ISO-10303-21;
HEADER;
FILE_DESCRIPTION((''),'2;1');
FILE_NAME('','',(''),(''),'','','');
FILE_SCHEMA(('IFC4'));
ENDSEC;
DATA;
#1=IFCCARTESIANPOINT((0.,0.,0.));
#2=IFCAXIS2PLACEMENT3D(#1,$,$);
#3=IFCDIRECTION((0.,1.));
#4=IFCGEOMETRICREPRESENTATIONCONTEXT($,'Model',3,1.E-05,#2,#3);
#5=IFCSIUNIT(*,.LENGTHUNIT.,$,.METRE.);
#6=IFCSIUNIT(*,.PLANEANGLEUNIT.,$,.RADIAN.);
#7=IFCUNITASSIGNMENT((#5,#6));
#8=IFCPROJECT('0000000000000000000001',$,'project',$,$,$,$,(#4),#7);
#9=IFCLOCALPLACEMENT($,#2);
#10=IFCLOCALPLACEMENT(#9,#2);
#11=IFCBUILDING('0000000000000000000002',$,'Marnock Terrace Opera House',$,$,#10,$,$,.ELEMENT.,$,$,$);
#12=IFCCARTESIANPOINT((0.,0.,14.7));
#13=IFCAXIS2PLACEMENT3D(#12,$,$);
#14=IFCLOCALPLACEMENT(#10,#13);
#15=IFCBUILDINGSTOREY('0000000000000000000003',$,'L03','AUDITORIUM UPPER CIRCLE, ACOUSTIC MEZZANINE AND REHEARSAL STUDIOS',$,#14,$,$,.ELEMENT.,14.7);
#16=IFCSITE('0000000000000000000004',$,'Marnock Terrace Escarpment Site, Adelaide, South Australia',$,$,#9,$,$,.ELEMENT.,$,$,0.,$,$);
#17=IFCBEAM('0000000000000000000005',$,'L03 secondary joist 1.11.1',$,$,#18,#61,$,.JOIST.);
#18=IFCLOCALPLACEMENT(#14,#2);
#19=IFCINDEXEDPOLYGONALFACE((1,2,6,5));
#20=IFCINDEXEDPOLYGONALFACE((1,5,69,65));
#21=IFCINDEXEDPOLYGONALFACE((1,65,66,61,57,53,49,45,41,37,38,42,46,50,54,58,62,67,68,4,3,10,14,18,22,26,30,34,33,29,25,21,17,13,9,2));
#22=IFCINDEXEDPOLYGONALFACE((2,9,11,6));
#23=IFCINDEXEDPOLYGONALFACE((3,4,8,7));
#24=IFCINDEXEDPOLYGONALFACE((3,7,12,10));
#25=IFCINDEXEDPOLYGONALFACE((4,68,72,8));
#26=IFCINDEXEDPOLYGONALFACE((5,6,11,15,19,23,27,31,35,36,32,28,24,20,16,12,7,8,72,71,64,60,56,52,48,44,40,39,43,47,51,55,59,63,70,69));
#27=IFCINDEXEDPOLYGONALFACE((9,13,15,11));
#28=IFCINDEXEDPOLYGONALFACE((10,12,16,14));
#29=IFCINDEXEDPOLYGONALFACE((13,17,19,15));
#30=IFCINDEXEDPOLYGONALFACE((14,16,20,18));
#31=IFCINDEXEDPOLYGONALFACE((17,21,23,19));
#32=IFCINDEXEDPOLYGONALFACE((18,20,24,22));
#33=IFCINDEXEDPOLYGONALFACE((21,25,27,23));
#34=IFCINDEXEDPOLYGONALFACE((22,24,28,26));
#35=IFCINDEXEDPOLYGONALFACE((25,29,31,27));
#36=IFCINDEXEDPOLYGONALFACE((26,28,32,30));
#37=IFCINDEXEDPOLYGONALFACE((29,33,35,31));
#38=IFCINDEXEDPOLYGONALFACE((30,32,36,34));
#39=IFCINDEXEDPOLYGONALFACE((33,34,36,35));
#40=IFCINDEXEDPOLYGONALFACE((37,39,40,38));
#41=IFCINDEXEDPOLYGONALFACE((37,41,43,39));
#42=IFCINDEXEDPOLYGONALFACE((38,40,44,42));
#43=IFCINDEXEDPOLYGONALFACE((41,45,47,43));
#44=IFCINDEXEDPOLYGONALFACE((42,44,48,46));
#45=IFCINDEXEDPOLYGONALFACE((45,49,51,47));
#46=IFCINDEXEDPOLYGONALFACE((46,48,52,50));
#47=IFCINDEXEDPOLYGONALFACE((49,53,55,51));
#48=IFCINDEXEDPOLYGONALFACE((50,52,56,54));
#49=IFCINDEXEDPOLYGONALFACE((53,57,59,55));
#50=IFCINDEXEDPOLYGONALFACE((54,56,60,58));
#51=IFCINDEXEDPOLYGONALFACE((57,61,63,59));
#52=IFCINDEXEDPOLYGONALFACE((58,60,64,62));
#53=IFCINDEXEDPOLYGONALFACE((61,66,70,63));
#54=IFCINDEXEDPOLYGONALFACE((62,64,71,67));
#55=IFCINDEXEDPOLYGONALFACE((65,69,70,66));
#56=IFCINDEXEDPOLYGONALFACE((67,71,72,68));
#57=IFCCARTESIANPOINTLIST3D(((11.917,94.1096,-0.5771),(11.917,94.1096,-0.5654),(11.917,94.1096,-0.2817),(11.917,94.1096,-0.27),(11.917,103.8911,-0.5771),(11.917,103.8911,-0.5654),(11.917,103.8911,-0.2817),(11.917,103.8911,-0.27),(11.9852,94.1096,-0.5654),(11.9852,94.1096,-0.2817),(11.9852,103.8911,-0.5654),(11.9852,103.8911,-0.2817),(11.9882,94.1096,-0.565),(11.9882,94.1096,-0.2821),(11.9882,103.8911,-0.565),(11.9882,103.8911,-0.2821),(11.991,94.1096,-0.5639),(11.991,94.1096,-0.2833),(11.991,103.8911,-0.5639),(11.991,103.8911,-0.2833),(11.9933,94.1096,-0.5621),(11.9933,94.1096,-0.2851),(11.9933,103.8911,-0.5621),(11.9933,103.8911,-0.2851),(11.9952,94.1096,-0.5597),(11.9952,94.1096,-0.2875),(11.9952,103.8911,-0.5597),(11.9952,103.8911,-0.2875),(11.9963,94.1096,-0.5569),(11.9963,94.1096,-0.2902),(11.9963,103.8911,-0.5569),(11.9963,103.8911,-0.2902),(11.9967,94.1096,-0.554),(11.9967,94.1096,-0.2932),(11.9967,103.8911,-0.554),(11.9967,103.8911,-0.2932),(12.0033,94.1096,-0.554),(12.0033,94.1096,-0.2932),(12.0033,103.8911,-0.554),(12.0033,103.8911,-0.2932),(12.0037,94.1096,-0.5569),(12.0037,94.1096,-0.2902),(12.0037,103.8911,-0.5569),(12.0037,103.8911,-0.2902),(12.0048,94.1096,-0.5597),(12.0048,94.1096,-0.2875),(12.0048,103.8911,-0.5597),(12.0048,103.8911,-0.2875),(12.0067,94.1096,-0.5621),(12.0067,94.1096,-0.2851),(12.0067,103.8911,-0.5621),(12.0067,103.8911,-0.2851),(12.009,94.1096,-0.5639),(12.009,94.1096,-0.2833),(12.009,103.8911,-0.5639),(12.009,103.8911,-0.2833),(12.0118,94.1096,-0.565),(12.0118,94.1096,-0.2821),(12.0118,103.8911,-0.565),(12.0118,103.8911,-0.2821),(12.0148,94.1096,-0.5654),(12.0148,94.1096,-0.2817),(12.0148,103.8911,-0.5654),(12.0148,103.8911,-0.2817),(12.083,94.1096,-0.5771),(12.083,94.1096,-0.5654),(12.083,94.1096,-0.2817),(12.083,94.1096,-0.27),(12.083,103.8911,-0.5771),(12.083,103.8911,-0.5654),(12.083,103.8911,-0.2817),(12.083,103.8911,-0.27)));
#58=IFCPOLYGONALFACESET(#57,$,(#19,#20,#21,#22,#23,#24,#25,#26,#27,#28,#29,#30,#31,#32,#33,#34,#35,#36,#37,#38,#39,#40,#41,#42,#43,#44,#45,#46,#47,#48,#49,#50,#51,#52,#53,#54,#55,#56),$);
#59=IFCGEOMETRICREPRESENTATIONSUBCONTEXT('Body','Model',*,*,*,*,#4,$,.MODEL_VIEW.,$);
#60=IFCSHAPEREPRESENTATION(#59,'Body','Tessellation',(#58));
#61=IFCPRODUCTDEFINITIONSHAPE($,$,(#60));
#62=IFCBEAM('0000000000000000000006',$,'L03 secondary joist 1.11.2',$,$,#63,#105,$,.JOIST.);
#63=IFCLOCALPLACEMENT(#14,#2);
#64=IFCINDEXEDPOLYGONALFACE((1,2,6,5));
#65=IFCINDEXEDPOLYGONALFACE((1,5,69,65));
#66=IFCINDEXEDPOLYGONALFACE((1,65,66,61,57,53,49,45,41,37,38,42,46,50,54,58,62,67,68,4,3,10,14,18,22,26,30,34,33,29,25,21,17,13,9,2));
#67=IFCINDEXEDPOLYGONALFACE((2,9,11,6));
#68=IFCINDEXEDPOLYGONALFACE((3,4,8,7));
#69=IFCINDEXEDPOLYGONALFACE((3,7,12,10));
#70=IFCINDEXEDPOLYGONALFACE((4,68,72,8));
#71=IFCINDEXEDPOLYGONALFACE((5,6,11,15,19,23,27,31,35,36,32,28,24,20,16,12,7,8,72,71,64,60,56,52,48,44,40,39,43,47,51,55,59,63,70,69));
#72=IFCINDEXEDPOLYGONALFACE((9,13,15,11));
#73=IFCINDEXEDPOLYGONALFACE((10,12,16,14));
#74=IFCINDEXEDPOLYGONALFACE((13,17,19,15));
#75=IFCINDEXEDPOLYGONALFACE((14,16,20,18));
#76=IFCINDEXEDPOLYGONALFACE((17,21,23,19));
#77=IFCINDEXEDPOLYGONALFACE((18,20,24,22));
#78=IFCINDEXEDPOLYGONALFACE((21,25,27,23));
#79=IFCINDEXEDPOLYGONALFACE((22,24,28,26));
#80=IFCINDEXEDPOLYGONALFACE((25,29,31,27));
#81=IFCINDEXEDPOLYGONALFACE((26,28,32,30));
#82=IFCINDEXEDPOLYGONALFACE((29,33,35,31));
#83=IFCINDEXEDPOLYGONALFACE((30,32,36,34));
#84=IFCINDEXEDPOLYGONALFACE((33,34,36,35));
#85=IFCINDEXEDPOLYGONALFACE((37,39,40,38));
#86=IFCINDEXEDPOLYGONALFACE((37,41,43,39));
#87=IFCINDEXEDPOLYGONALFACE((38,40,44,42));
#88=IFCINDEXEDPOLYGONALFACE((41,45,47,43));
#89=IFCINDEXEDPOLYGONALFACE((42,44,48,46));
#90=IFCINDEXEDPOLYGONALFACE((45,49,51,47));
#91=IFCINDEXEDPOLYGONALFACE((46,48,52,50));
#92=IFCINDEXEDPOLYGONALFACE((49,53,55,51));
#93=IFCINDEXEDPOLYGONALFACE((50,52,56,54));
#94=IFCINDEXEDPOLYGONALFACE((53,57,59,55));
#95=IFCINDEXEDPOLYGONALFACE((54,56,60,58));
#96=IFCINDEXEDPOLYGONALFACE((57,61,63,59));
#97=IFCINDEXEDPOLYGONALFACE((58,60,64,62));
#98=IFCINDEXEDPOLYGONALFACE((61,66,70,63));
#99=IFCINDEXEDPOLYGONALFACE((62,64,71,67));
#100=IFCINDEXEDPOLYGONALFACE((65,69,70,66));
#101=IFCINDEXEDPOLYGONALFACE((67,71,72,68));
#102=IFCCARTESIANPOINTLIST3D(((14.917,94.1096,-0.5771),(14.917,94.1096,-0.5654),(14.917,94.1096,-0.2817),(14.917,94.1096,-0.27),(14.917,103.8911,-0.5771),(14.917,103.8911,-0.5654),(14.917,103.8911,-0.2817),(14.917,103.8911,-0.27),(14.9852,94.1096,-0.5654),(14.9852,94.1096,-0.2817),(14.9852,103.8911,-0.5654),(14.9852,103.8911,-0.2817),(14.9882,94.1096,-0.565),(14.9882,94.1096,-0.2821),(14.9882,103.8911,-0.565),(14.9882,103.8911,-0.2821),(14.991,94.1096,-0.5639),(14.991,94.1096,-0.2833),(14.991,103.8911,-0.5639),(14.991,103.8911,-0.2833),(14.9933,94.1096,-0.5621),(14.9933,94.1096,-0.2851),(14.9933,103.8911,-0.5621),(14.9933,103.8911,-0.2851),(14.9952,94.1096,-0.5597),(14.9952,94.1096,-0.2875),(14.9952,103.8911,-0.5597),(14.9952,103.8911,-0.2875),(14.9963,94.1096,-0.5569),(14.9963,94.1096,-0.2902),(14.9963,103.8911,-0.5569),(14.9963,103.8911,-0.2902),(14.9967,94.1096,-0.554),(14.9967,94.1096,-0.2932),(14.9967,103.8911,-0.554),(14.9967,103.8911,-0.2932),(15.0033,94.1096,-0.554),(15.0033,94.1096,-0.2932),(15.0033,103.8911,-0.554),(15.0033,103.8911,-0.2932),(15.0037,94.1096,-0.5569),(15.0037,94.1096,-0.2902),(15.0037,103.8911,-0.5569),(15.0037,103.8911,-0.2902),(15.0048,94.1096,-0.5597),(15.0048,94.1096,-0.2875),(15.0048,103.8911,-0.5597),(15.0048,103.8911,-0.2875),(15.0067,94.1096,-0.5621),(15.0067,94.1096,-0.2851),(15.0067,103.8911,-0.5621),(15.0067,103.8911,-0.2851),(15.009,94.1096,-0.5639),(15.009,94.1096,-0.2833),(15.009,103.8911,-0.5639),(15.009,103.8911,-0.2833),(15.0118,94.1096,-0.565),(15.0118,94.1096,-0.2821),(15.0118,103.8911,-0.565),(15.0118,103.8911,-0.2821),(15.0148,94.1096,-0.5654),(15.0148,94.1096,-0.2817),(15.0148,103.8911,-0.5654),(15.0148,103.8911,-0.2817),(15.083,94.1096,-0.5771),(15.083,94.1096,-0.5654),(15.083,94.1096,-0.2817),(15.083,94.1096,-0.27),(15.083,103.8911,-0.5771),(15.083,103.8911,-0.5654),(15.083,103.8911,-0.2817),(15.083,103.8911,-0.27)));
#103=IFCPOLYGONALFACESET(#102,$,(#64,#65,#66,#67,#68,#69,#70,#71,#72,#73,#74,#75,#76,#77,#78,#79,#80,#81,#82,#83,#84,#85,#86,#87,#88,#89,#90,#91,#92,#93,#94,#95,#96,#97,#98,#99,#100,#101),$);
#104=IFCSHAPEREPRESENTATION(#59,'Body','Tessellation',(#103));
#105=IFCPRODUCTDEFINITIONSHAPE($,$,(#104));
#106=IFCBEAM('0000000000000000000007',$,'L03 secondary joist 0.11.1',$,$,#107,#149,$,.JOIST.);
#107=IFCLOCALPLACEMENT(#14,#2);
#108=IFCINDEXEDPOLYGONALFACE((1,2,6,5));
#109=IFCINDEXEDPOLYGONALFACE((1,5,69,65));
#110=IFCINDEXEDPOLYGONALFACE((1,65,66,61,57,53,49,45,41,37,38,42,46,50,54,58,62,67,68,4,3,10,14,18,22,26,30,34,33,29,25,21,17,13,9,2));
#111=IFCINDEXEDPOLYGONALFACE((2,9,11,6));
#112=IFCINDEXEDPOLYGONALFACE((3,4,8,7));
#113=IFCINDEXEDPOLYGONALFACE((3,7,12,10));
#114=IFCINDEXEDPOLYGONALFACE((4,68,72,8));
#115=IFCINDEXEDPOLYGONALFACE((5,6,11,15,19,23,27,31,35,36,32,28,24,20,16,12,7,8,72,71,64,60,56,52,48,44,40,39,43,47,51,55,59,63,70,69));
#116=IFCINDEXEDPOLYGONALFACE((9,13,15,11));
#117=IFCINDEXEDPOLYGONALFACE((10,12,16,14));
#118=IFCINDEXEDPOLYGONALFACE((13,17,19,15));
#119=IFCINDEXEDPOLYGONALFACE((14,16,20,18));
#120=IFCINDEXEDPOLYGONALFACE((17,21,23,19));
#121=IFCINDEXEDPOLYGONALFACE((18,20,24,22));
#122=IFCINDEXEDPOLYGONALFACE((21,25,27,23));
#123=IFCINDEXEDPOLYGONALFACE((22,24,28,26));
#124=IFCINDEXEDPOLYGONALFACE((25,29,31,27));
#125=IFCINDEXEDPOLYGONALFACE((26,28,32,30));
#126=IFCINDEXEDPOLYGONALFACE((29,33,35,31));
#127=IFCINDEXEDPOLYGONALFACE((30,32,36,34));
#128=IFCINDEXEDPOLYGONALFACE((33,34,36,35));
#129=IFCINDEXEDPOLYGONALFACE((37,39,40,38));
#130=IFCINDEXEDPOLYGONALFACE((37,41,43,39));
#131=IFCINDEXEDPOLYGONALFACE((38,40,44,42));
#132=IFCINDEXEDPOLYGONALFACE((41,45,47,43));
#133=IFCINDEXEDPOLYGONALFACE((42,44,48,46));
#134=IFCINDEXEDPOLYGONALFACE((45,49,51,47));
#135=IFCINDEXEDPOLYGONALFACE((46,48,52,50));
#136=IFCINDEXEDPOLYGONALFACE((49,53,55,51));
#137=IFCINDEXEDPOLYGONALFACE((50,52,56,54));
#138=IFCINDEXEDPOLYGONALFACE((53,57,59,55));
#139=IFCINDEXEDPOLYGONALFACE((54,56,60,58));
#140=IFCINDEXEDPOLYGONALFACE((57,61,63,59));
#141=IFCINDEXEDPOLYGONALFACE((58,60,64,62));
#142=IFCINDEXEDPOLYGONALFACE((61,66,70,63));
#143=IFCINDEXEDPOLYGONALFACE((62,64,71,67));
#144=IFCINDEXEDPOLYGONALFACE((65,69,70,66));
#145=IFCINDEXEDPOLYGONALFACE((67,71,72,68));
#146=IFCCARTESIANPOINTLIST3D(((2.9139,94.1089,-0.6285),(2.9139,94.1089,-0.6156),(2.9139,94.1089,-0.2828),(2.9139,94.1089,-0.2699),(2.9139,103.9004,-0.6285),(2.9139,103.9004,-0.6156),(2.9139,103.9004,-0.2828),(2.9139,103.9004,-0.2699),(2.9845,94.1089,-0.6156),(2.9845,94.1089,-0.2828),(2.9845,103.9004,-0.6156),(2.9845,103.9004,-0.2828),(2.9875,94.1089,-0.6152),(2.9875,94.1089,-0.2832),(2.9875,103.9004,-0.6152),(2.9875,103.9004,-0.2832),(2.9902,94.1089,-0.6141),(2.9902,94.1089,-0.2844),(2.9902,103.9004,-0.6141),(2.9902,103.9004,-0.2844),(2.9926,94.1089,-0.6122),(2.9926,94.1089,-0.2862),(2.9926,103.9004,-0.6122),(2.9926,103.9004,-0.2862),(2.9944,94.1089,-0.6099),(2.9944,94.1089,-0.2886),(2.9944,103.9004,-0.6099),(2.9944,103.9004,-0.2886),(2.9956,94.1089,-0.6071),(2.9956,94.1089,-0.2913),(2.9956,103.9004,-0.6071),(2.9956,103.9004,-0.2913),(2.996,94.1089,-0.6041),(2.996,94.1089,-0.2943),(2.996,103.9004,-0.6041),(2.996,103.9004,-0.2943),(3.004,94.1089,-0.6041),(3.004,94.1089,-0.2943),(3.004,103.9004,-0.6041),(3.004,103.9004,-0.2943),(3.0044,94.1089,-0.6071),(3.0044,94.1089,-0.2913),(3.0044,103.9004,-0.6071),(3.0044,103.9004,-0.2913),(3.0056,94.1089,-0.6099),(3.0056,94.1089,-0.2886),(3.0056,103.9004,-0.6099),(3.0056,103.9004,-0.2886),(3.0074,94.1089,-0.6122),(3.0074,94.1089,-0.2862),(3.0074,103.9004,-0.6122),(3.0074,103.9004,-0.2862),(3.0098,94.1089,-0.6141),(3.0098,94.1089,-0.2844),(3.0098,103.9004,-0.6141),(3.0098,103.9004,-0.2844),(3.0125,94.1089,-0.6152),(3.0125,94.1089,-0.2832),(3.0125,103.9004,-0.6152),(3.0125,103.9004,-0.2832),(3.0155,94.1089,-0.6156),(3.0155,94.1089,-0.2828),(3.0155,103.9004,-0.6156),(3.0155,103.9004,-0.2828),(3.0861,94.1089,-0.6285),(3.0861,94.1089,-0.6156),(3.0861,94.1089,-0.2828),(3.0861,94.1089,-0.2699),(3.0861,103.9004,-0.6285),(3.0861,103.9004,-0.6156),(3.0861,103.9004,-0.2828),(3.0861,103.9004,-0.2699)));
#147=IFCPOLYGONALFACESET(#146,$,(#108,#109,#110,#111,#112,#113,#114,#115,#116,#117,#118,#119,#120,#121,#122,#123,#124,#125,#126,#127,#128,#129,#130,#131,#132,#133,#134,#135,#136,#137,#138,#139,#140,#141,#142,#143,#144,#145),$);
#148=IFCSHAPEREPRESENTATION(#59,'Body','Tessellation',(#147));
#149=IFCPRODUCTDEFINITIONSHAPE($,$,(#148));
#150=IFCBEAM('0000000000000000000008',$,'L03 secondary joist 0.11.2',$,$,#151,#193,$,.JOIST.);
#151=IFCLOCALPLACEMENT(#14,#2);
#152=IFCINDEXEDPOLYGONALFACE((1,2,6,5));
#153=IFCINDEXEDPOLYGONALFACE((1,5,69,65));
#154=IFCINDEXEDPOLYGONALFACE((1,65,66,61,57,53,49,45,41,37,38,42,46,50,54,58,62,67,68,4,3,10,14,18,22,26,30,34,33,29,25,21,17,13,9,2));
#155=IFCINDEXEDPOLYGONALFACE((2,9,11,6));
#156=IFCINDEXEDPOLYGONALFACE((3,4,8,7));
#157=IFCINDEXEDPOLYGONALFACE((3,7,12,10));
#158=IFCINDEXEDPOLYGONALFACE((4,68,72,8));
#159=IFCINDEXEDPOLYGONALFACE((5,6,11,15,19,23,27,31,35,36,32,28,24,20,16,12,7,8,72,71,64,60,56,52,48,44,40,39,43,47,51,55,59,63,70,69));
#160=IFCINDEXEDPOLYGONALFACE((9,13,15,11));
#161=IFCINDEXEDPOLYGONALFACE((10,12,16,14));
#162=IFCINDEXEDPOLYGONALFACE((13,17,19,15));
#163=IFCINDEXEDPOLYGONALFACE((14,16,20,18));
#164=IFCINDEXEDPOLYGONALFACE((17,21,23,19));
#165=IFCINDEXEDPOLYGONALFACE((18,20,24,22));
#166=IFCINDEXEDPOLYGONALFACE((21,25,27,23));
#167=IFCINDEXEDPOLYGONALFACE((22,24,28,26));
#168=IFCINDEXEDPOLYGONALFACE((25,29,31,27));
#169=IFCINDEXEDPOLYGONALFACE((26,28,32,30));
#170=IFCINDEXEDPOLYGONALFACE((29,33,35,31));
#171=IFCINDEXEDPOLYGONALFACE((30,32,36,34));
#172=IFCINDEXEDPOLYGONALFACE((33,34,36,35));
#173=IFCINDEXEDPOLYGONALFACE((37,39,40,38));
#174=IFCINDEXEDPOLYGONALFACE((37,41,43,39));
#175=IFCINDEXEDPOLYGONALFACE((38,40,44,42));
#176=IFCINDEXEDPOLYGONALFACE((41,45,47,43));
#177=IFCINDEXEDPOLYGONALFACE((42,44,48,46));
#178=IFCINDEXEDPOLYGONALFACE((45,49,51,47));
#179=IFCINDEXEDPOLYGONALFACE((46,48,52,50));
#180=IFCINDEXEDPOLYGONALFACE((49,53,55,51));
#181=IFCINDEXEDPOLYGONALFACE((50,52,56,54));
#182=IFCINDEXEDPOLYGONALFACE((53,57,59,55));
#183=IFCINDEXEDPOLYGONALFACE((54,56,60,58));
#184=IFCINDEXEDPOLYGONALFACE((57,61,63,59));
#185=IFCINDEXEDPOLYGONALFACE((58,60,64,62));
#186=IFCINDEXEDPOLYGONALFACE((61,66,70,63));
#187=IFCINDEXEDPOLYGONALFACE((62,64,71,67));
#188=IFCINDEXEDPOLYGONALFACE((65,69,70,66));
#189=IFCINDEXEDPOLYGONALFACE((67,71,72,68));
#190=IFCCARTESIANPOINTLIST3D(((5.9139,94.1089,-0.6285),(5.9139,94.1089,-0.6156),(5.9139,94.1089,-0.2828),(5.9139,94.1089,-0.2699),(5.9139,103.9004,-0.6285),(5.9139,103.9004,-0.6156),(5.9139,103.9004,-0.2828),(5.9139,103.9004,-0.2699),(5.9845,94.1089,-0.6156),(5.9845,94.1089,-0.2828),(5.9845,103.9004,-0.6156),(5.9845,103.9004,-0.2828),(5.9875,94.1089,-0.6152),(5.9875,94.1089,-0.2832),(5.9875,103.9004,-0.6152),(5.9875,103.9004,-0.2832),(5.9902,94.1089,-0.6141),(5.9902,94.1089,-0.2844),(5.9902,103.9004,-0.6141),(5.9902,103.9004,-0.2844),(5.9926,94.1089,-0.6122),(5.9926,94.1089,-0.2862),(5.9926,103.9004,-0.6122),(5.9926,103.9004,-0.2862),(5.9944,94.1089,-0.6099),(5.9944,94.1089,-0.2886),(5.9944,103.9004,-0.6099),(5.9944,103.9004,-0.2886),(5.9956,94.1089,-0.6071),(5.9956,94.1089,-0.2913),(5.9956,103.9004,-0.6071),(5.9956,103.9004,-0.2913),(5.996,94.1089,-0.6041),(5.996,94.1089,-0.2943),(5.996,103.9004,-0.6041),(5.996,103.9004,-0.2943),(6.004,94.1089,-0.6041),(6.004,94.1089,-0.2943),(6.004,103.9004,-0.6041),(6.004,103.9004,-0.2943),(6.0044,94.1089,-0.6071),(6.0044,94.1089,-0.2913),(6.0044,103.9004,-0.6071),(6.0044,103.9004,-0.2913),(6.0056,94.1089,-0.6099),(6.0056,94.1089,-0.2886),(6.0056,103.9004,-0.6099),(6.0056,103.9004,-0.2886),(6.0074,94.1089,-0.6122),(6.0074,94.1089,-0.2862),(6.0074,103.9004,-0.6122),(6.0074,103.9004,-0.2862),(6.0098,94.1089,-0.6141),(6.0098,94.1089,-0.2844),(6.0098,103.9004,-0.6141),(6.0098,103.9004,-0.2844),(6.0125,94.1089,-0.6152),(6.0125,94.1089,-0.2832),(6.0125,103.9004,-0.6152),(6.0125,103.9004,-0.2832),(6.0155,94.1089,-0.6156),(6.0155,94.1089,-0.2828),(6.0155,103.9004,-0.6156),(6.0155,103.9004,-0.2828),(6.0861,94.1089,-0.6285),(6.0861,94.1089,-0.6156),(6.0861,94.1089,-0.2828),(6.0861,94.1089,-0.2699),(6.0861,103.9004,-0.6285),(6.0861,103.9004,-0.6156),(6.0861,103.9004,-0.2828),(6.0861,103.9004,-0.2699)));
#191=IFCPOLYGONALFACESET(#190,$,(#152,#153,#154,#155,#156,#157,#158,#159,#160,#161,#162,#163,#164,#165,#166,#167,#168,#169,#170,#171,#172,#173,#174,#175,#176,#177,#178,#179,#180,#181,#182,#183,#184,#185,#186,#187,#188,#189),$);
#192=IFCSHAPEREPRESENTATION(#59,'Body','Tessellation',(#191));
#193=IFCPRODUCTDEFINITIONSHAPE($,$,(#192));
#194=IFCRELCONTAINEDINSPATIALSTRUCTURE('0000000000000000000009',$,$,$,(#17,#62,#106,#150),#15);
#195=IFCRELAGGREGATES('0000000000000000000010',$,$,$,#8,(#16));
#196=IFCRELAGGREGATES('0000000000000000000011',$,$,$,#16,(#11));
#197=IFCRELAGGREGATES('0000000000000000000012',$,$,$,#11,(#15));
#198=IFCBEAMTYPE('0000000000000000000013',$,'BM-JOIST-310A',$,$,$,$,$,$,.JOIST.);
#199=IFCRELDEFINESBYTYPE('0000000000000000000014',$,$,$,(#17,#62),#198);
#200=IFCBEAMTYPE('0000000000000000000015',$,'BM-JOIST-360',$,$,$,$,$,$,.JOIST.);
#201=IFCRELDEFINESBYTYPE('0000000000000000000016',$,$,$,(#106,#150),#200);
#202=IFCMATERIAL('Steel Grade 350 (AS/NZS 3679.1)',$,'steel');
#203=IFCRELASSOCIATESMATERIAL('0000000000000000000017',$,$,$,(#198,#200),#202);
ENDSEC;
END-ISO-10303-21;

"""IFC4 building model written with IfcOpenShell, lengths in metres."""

from ifc_helpers import new_model, si_unit, direction, frame, origin, origin_2d, place, context, subcontext, project, spatial, i_section, extrude, material, material_profile, profile_set, type_object, element, save


model = new_model("IFC4")

# Units and contexts
model_context = context("Model", 3, precision=1e-05, world=origin(), true_north=direction((0.0, 1.0)))
body_context = subcontext(model_context, "Body", "Model", "MODEL_VIEW")
ifc_project = project(units=[si_unit("LENGTHUNIT", "METRE"), si_unit("PLANEANGLEUNIT", "RADIAN")], contexts=[model_context])

# Site, building, storey
site_placement = place(None, origin())
site = spatial("IfcSite", under=ifc_project, at=site_placement, Name="Marnock Terrace Escarpment Site, Adelaide, South Australia", CompositionType="ELEMENT", RefElevation=0.0)
building_placement = place(site_placement, origin())
building = spatial("IfcBuilding", under=site, at=building_placement, Name="Marnock Terrace Opera House", CompositionType="ELEMENT")
storey_placement = place(building_placement, frame((0.0, 0.0, 14.7)))
storey = spatial("IfcBuildingStorey", under=building, at=storey_placement, Name="L03", Description="AUDITORIUM UPPER CIRCLE, ACOUSTIC MEZZANINE AND REHEARSAL STUDIOS", CompositionType="ELEMENT", Elevation=14.7)

# Beams
ifc_material = material(Name="Steel Grade 350 (AS/NZS 3679.1)", Category="steel")
ifc_material_profile_1 = material_profile(ifc_material, i_section(OverallWidth=0.166, OverallDepth=0.3071, WebThickness=0.0066, FlangeThickness=0.0117, FilletRadius=0.0115, at=origin_2d()))
ifc_profile_set_1 = profile_set([ifc_material_profile_1], Name="Steel Grade 350 (AS/NZS 3679.1)")
beam_type_1 = type_object("IfcBeamType", Name="BM-JOIST-310A", PredefinedType="JOIST", material=ifc_profile_set_1)
for number, where, z_axis, x_axis, name in (
    (1, (12.0, 94.1096, -0.4236), (0.0, 1.0, 0.0), (-1.0, 0.0, 0.0), "L03 secondary joist 1.11.1"),
    (2, (15.0, 94.1096, -0.4236), (0.0, 1.0, 0.0), (-1.0, 0.0, 0.0), "L03 secondary joist 1.11.2"),
):
    element("IfcBeam", number, at=place(storey_placement, frame(where, z_axis=z_axis, x_axis=x_axis)), inside=storey, type_object=beam_type_1, Name=name, PredefinedType="JOIST", context=body_context, shape_type="SweptSolid", body=[
        extrude(i_section(OverallWidth=0.166, OverallDepth=0.3071, WebThickness=0.0066, FlangeThickness=0.0117, FilletRadius=0.0115, at=origin_2d()), origin(), (0.0, 0.0, 1.0), 9.7815),
    ])
ifc_material_profile_2 = material_profile(ifc_material, i_section(OverallWidth=0.1721, OverallDepth=0.3586, WebThickness=0.0081, FlangeThickness=0.0129, FilletRadius=0.0115, at=origin_2d()))
ifc_profile_set_2 = profile_set([ifc_material_profile_2], Name="Steel Grade 350 (AS/NZS 3679.1)")
beam_type_2 = type_object("IfcBeamType", Name="BM-JOIST-360", PredefinedType="JOIST", material=ifc_profile_set_2)
for number, where, z_axis, x_axis, name in (
    (3, (3.0, 94.1089, -0.4492), (0.0, 1.0, 0.0), (-1.0, 0.0, 0.0), "L03 secondary joist 0.11.1"),
    (4, (6.0, 94.1089, -0.4492), (0.0, 1.0, 0.0), (-1.0, 0.0, 0.0), "L03 secondary joist 0.11.2"),
):
    element("IfcBeam", number, at=place(storey_placement, frame(where, z_axis=z_axis, x_axis=x_axis)), inside=storey, type_object=beam_type_2, Name=name, PredefinedType="JOIST", context=body_context, shape_type="SweptSolid", body=[
        extrude(i_section(OverallWidth=0.1721, OverallDepth=0.3586, WebThickness=0.0081, FlangeThickness=0.0129, FilletRadius=0.0115, at=origin_2d()), origin(), (0.0, 0.0, 1.0), 9.7915),
    ])

save(model, "model.ifc")
